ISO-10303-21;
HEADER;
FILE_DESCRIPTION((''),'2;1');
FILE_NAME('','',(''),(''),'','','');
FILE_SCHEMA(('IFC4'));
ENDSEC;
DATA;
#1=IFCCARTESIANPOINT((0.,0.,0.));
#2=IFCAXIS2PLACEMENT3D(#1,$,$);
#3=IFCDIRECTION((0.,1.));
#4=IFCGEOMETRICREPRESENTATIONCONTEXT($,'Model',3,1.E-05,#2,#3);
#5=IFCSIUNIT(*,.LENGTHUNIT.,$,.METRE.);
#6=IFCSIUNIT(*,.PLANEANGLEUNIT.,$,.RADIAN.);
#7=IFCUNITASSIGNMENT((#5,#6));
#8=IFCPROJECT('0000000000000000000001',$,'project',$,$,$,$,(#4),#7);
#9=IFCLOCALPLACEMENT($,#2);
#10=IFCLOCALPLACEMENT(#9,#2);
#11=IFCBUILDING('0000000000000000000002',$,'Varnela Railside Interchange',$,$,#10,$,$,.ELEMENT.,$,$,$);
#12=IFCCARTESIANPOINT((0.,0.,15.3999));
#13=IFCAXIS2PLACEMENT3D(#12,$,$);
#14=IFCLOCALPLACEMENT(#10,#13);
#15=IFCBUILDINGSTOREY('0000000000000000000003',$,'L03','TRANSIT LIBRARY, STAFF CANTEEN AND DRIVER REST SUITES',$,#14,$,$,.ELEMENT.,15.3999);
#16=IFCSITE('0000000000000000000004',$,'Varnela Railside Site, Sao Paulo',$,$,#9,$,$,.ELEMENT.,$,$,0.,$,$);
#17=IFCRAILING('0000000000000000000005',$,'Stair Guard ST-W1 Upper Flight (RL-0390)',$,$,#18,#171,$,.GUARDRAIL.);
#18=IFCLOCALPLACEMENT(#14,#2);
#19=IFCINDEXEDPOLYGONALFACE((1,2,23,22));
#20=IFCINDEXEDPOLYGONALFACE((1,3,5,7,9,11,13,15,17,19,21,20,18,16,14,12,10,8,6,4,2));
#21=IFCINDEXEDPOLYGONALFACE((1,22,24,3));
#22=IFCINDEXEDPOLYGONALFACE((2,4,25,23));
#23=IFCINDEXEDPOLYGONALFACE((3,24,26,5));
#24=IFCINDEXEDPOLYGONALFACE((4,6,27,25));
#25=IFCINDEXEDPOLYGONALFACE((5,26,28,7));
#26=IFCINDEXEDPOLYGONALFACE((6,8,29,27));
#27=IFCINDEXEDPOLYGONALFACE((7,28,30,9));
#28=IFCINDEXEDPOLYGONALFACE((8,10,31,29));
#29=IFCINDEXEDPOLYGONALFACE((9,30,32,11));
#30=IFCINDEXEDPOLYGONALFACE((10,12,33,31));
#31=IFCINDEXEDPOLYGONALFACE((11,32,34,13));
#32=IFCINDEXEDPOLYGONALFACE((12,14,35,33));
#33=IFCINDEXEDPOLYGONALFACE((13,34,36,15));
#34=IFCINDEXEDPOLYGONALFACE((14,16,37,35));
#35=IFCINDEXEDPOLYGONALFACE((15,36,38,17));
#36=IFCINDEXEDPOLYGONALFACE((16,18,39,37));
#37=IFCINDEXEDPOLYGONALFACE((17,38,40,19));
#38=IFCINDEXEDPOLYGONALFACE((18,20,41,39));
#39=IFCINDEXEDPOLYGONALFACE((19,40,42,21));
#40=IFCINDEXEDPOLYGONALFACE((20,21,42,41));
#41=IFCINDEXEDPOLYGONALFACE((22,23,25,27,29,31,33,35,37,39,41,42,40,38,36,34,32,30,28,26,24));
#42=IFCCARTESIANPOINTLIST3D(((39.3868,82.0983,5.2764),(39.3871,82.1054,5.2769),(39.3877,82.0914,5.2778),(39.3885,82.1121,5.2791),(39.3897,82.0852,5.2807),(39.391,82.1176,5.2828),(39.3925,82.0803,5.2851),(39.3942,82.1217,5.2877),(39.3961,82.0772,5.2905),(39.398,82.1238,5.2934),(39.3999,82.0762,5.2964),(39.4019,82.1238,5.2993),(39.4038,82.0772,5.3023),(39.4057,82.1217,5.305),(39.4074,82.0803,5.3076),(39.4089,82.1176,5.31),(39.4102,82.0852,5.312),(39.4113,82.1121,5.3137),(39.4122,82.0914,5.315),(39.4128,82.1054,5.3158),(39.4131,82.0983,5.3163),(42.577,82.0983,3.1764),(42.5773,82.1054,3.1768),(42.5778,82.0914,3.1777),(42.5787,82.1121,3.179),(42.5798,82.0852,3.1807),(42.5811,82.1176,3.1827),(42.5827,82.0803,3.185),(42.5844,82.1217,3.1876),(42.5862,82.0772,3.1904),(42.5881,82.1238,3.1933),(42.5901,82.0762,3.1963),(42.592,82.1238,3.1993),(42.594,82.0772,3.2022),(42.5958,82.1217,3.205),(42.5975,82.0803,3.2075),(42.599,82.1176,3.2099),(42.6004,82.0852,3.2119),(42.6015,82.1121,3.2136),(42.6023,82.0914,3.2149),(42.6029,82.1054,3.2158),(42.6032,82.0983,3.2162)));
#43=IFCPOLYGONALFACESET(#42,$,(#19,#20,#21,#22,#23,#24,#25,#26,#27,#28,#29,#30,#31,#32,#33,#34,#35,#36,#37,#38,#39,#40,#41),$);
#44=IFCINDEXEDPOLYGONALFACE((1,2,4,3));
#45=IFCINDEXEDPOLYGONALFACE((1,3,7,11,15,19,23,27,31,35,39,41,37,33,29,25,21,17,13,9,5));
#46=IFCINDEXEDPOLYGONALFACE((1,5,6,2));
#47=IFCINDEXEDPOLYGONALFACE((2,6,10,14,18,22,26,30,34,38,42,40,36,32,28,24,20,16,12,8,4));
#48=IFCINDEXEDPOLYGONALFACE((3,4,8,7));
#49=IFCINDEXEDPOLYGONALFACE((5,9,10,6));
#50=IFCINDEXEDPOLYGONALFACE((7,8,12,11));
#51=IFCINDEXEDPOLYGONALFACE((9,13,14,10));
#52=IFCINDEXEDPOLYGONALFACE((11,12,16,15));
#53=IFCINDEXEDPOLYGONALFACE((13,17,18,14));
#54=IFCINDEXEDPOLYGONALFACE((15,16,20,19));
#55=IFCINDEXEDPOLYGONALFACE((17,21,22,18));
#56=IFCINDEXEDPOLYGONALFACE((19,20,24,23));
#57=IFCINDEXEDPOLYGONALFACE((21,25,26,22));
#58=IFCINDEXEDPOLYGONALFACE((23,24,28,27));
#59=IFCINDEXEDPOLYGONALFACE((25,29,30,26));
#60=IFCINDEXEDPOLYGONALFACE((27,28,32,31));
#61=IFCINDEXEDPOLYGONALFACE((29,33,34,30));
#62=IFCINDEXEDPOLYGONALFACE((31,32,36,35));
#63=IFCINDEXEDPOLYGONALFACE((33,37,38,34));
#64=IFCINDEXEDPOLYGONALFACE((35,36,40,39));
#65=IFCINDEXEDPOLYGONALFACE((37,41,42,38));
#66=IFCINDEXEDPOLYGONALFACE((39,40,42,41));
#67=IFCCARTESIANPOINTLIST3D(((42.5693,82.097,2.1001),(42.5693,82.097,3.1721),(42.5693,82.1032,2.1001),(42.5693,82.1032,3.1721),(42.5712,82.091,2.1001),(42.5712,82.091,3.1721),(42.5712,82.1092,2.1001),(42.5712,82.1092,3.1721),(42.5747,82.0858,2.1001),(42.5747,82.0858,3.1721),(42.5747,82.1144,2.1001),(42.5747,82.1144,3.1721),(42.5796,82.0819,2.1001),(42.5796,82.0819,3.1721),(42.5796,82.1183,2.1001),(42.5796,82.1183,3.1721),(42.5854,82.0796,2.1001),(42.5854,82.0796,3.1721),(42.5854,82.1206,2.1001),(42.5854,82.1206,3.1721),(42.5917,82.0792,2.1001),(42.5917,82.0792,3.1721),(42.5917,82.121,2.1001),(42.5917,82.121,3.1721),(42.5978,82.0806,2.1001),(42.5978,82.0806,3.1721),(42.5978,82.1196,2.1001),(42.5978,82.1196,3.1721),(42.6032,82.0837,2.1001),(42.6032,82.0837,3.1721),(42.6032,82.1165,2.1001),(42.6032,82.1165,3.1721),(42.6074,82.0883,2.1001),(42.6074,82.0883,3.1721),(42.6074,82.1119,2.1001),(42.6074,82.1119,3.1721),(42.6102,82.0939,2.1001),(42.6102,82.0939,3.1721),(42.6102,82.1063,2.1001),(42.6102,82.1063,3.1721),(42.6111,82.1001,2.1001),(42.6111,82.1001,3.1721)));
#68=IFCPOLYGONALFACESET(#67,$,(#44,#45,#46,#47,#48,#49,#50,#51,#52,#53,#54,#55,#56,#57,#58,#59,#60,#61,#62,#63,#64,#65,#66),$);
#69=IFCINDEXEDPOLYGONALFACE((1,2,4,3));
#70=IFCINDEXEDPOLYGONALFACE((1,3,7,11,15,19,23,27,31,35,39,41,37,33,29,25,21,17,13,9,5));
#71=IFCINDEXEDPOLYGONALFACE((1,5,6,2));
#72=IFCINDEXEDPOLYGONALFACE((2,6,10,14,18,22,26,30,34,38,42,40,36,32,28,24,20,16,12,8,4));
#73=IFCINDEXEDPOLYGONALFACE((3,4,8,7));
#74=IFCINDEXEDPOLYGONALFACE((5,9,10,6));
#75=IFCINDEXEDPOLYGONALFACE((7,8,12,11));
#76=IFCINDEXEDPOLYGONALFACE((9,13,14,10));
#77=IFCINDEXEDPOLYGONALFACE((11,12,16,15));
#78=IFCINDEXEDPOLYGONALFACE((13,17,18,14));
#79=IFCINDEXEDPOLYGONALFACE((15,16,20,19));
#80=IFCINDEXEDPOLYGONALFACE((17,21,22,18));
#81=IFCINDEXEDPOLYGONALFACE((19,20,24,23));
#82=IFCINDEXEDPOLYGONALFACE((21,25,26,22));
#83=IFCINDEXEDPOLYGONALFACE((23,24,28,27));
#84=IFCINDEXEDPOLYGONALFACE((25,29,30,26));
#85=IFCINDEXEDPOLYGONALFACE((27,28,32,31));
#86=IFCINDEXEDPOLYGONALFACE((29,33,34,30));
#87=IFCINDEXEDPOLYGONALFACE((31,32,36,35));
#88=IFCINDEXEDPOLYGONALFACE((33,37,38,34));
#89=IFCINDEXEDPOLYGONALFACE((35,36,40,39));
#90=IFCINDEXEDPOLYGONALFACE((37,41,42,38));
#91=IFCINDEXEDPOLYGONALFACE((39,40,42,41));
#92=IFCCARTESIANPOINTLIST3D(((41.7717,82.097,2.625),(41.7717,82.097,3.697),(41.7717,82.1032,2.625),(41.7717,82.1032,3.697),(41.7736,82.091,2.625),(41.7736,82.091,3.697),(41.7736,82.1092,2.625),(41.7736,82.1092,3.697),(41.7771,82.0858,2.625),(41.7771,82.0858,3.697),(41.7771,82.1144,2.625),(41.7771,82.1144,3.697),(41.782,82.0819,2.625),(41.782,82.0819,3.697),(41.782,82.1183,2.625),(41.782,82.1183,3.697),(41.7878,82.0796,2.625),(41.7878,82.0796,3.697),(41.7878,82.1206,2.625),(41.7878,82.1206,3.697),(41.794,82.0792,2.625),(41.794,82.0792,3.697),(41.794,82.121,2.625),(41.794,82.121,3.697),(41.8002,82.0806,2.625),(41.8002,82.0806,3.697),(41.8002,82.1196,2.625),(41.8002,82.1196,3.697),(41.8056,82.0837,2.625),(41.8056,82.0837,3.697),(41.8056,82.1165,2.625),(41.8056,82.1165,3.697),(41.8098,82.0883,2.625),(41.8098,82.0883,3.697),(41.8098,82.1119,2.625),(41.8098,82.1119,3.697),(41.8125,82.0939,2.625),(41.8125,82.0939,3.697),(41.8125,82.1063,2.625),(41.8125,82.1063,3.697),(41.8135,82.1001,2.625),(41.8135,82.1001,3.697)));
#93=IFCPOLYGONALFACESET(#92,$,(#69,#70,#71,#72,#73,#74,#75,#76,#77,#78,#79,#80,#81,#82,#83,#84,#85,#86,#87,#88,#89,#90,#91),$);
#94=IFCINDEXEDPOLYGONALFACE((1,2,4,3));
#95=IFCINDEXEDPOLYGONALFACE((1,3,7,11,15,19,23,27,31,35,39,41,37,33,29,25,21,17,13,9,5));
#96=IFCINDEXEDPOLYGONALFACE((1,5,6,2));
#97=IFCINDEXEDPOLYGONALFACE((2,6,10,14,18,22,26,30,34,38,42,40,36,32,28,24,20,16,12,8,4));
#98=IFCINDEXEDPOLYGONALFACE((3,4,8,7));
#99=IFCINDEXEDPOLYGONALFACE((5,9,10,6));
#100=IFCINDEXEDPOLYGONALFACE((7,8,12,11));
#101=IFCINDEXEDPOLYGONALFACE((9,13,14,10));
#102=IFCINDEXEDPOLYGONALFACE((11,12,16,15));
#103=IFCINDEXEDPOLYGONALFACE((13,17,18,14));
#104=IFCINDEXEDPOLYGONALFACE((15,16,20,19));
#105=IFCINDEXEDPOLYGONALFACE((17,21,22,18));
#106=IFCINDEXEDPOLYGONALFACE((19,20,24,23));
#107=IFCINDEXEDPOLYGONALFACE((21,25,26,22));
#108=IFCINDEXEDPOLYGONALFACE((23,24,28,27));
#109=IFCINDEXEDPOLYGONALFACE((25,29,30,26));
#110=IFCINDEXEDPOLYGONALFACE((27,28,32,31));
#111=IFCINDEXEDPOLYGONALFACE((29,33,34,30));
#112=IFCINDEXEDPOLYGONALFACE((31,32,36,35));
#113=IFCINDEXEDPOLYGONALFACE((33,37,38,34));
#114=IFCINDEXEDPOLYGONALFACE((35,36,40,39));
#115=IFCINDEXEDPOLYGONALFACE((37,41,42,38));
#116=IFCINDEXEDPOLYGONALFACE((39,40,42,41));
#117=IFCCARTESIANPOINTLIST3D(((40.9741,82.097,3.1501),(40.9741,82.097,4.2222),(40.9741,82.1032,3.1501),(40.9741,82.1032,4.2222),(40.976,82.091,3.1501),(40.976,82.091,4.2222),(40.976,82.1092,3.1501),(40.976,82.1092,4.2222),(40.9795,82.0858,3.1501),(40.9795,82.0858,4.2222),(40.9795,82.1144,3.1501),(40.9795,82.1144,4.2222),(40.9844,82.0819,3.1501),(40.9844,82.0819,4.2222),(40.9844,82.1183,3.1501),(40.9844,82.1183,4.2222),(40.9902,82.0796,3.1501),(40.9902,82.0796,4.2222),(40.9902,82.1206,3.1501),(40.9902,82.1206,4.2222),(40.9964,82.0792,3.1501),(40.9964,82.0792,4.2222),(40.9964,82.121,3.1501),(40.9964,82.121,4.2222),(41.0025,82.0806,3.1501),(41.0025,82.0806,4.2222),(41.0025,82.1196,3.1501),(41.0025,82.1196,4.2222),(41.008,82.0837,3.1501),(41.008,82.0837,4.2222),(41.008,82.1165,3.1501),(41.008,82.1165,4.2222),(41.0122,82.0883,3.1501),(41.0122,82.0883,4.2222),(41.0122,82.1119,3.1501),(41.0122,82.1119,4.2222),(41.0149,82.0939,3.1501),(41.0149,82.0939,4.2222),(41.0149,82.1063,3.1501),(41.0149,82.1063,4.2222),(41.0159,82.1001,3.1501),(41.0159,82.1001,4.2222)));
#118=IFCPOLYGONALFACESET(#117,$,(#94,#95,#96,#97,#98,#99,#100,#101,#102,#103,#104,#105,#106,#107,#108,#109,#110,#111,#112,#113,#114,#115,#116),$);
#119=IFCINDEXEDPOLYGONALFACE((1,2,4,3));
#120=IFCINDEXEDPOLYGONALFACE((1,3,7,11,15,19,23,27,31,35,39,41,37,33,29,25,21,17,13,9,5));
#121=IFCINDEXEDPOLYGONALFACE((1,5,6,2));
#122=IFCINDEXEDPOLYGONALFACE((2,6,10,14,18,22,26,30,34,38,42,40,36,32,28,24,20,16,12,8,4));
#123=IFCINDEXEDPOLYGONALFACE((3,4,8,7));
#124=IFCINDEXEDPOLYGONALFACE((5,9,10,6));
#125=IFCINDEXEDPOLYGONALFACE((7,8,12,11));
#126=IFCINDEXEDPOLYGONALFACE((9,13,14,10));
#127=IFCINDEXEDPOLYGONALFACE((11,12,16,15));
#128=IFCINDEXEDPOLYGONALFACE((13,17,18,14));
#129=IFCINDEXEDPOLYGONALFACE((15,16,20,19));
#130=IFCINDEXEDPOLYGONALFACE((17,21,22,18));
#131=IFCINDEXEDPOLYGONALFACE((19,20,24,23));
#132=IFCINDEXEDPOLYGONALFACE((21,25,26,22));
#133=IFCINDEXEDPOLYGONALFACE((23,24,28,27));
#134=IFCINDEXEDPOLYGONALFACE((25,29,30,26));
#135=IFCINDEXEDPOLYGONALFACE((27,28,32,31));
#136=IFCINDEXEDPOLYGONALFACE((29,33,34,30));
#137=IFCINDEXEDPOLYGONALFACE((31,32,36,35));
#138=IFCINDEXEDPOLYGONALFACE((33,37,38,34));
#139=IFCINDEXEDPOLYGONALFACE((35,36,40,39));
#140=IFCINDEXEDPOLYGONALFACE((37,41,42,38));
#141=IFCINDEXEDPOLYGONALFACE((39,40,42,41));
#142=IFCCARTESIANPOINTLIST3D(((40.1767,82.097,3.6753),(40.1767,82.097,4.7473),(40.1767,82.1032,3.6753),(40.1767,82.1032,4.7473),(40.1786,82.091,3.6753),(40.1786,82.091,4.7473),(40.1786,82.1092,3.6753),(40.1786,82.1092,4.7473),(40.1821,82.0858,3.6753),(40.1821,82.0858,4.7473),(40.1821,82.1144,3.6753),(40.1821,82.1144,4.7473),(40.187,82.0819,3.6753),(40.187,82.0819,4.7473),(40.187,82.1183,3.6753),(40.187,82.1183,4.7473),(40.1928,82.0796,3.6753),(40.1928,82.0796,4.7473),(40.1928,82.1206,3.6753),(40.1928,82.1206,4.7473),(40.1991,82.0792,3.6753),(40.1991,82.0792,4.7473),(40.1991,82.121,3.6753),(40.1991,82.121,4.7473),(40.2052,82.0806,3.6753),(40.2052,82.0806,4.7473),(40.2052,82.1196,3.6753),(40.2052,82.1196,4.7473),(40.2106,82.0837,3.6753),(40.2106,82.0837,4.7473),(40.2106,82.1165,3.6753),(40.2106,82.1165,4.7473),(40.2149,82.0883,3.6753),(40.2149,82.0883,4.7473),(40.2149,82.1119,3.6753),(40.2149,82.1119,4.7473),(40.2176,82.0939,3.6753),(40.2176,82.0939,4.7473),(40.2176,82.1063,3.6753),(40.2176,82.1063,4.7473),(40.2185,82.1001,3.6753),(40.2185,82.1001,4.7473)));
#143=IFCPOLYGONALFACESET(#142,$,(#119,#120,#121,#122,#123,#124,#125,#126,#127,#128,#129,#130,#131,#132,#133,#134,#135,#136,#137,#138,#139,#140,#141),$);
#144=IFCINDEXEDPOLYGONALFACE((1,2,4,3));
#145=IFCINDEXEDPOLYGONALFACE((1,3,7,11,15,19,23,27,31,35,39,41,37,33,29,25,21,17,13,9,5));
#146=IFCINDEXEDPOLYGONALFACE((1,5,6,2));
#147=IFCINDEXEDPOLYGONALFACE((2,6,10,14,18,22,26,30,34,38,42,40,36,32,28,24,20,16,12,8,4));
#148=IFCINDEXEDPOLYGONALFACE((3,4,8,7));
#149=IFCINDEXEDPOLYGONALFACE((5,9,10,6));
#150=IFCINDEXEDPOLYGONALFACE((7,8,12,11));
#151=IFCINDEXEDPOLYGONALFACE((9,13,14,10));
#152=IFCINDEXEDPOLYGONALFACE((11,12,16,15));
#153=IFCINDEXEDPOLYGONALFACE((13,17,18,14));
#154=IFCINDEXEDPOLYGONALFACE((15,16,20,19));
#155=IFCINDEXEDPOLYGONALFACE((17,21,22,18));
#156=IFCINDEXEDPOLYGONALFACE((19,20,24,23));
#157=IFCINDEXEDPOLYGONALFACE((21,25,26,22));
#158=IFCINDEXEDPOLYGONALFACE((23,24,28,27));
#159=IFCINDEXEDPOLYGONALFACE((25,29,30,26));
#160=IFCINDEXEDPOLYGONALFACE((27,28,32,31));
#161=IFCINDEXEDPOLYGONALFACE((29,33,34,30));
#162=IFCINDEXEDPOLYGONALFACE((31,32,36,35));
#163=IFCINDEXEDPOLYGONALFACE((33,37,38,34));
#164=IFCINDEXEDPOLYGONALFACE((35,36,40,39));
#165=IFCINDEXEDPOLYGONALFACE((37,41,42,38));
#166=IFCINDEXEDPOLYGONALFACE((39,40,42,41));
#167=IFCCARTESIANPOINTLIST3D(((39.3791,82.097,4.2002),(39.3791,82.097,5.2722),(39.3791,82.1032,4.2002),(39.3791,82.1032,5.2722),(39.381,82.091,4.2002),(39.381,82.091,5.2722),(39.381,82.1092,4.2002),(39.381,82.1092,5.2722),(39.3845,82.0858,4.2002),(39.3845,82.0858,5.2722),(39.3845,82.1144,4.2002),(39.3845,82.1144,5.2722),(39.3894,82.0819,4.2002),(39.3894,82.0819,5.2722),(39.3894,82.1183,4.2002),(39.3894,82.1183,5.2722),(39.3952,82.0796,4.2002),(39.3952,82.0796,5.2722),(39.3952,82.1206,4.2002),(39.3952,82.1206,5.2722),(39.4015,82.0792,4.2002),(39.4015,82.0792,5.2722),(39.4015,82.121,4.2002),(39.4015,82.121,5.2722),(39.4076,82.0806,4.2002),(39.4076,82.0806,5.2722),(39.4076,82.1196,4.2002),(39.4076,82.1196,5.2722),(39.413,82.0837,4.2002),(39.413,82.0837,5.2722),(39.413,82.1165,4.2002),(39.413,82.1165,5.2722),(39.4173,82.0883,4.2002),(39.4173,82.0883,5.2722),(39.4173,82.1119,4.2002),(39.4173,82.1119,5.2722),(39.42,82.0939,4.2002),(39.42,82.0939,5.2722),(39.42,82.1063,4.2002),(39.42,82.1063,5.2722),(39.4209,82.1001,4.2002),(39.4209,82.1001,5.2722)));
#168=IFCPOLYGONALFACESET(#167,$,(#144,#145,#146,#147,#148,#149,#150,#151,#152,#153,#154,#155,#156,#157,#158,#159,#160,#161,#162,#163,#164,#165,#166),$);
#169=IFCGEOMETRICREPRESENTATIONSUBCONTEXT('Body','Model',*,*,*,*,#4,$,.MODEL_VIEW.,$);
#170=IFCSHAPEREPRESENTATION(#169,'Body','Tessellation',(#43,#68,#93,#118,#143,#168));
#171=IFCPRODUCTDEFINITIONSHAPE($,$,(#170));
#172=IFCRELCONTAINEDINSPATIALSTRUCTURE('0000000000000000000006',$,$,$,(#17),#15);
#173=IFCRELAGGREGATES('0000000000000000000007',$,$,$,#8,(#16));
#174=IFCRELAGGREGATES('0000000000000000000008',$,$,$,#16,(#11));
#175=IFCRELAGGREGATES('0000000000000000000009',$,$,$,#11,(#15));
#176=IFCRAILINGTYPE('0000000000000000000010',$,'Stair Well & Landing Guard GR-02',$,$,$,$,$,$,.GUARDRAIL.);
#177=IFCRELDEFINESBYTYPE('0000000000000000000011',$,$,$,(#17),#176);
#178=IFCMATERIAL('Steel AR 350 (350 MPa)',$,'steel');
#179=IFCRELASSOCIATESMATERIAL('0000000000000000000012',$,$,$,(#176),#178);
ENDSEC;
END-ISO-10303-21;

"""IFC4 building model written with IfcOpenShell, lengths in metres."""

from ifc_helpers import new_model, si_unit, direction, frame, origin, origin_2d, place, context, subcontext, project, spatial, circle, extrude, material, type_object, element, save


model = new_model("IFC4")

# Units and contexts
model_context = context("Model", 3, precision=1e-05, world=origin(), true_north=direction((0.0, 1.0)))
body_context = subcontext(model_context, "Body", "Model", "MODEL_VIEW")
ifc_project = project(units=[si_unit("LENGTHUNIT", "METRE"), si_unit("PLANEANGLEUNIT", "RADIAN")], contexts=[model_context])

# Site, building, storey
site_placement = place(None, origin())
site = spatial("IfcSite", under=ifc_project, at=site_placement, Name="Varnela Railside Site, Sao Paulo", CompositionType="ELEMENT", RefElevation=0.0)
building_placement = place(site_placement, origin())
building = spatial("IfcBuilding", under=site, at=building_placement, Name="Varnela Railside Interchange", CompositionType="ELEMENT")
storey_placement = place(building_placement, frame((0.0, 0.0, 15.3999)))
storey = spatial("IfcBuildingStorey", under=building, at=storey_placement, Name="L03", Description="TRANSIT LIBRARY, STAFF CANTEEN AND DRIVER REST SUITES", CompositionType="ELEMENT", Elevation=15.3999)

# Shared definitions
ifc_material_1 = material(Name="Steel AR 350 (350 MPa)", Category="steel")

# Railing
railing_type_1 = type_object("IfcRailingType", Name="Stair Well & Landing Guard GR-02", PredefinedType="GUARDRAIL", material=ifc_material_1)
railing_1_placement = place(storey_placement, frame((42.5901, 82.1001, 2.1001)))
element("IfcRailing", 1, at=railing_1_placement, inside=storey, type_object=railing_type_1, Name="Stair Guard ST-W1 Upper Flight (RL-0390)", PredefinedType="GUARDRAIL", context=body_context, shape_type="SweptSolid", body=[
    extrude(circle(Radius=0.0239, at=origin_2d()), frame((0.0, 0.0, 1.0962), z_axis=(-0.835262, 0.0, 0.549852), x_axis=(0.0, -1.0, 0.0)), (0.0, 0.0, 1.0), 3.8193),
    extrude(circle(Radius=0.021, at=origin_2d()), origin(), (0.0, 0.0, 1.0), 1.072),
    extrude(circle(Radius=0.021, at=origin_2d()), frame((-0.7976, 0.0, 0.5249)), (0.0, 0.0, 1.0), 1.072),
    extrude(circle(Radius=0.021, at=origin_2d()), frame((-1.5952, 0.0, 1.05)), (0.0, 0.0, 1.0), 1.072),
    extrude(circle(Radius=0.021, at=origin_2d()), frame((-2.3926, 0.0, 1.5752)), (0.0, 0.0, 1.0), 1.072),
    extrude(circle(Radius=0.021, at=origin_2d()), frame((-3.1902, 0.0, 2.1001)), (0.0, 0.0, 1.0), 1.072),
])

save(model, "model.ifc")
